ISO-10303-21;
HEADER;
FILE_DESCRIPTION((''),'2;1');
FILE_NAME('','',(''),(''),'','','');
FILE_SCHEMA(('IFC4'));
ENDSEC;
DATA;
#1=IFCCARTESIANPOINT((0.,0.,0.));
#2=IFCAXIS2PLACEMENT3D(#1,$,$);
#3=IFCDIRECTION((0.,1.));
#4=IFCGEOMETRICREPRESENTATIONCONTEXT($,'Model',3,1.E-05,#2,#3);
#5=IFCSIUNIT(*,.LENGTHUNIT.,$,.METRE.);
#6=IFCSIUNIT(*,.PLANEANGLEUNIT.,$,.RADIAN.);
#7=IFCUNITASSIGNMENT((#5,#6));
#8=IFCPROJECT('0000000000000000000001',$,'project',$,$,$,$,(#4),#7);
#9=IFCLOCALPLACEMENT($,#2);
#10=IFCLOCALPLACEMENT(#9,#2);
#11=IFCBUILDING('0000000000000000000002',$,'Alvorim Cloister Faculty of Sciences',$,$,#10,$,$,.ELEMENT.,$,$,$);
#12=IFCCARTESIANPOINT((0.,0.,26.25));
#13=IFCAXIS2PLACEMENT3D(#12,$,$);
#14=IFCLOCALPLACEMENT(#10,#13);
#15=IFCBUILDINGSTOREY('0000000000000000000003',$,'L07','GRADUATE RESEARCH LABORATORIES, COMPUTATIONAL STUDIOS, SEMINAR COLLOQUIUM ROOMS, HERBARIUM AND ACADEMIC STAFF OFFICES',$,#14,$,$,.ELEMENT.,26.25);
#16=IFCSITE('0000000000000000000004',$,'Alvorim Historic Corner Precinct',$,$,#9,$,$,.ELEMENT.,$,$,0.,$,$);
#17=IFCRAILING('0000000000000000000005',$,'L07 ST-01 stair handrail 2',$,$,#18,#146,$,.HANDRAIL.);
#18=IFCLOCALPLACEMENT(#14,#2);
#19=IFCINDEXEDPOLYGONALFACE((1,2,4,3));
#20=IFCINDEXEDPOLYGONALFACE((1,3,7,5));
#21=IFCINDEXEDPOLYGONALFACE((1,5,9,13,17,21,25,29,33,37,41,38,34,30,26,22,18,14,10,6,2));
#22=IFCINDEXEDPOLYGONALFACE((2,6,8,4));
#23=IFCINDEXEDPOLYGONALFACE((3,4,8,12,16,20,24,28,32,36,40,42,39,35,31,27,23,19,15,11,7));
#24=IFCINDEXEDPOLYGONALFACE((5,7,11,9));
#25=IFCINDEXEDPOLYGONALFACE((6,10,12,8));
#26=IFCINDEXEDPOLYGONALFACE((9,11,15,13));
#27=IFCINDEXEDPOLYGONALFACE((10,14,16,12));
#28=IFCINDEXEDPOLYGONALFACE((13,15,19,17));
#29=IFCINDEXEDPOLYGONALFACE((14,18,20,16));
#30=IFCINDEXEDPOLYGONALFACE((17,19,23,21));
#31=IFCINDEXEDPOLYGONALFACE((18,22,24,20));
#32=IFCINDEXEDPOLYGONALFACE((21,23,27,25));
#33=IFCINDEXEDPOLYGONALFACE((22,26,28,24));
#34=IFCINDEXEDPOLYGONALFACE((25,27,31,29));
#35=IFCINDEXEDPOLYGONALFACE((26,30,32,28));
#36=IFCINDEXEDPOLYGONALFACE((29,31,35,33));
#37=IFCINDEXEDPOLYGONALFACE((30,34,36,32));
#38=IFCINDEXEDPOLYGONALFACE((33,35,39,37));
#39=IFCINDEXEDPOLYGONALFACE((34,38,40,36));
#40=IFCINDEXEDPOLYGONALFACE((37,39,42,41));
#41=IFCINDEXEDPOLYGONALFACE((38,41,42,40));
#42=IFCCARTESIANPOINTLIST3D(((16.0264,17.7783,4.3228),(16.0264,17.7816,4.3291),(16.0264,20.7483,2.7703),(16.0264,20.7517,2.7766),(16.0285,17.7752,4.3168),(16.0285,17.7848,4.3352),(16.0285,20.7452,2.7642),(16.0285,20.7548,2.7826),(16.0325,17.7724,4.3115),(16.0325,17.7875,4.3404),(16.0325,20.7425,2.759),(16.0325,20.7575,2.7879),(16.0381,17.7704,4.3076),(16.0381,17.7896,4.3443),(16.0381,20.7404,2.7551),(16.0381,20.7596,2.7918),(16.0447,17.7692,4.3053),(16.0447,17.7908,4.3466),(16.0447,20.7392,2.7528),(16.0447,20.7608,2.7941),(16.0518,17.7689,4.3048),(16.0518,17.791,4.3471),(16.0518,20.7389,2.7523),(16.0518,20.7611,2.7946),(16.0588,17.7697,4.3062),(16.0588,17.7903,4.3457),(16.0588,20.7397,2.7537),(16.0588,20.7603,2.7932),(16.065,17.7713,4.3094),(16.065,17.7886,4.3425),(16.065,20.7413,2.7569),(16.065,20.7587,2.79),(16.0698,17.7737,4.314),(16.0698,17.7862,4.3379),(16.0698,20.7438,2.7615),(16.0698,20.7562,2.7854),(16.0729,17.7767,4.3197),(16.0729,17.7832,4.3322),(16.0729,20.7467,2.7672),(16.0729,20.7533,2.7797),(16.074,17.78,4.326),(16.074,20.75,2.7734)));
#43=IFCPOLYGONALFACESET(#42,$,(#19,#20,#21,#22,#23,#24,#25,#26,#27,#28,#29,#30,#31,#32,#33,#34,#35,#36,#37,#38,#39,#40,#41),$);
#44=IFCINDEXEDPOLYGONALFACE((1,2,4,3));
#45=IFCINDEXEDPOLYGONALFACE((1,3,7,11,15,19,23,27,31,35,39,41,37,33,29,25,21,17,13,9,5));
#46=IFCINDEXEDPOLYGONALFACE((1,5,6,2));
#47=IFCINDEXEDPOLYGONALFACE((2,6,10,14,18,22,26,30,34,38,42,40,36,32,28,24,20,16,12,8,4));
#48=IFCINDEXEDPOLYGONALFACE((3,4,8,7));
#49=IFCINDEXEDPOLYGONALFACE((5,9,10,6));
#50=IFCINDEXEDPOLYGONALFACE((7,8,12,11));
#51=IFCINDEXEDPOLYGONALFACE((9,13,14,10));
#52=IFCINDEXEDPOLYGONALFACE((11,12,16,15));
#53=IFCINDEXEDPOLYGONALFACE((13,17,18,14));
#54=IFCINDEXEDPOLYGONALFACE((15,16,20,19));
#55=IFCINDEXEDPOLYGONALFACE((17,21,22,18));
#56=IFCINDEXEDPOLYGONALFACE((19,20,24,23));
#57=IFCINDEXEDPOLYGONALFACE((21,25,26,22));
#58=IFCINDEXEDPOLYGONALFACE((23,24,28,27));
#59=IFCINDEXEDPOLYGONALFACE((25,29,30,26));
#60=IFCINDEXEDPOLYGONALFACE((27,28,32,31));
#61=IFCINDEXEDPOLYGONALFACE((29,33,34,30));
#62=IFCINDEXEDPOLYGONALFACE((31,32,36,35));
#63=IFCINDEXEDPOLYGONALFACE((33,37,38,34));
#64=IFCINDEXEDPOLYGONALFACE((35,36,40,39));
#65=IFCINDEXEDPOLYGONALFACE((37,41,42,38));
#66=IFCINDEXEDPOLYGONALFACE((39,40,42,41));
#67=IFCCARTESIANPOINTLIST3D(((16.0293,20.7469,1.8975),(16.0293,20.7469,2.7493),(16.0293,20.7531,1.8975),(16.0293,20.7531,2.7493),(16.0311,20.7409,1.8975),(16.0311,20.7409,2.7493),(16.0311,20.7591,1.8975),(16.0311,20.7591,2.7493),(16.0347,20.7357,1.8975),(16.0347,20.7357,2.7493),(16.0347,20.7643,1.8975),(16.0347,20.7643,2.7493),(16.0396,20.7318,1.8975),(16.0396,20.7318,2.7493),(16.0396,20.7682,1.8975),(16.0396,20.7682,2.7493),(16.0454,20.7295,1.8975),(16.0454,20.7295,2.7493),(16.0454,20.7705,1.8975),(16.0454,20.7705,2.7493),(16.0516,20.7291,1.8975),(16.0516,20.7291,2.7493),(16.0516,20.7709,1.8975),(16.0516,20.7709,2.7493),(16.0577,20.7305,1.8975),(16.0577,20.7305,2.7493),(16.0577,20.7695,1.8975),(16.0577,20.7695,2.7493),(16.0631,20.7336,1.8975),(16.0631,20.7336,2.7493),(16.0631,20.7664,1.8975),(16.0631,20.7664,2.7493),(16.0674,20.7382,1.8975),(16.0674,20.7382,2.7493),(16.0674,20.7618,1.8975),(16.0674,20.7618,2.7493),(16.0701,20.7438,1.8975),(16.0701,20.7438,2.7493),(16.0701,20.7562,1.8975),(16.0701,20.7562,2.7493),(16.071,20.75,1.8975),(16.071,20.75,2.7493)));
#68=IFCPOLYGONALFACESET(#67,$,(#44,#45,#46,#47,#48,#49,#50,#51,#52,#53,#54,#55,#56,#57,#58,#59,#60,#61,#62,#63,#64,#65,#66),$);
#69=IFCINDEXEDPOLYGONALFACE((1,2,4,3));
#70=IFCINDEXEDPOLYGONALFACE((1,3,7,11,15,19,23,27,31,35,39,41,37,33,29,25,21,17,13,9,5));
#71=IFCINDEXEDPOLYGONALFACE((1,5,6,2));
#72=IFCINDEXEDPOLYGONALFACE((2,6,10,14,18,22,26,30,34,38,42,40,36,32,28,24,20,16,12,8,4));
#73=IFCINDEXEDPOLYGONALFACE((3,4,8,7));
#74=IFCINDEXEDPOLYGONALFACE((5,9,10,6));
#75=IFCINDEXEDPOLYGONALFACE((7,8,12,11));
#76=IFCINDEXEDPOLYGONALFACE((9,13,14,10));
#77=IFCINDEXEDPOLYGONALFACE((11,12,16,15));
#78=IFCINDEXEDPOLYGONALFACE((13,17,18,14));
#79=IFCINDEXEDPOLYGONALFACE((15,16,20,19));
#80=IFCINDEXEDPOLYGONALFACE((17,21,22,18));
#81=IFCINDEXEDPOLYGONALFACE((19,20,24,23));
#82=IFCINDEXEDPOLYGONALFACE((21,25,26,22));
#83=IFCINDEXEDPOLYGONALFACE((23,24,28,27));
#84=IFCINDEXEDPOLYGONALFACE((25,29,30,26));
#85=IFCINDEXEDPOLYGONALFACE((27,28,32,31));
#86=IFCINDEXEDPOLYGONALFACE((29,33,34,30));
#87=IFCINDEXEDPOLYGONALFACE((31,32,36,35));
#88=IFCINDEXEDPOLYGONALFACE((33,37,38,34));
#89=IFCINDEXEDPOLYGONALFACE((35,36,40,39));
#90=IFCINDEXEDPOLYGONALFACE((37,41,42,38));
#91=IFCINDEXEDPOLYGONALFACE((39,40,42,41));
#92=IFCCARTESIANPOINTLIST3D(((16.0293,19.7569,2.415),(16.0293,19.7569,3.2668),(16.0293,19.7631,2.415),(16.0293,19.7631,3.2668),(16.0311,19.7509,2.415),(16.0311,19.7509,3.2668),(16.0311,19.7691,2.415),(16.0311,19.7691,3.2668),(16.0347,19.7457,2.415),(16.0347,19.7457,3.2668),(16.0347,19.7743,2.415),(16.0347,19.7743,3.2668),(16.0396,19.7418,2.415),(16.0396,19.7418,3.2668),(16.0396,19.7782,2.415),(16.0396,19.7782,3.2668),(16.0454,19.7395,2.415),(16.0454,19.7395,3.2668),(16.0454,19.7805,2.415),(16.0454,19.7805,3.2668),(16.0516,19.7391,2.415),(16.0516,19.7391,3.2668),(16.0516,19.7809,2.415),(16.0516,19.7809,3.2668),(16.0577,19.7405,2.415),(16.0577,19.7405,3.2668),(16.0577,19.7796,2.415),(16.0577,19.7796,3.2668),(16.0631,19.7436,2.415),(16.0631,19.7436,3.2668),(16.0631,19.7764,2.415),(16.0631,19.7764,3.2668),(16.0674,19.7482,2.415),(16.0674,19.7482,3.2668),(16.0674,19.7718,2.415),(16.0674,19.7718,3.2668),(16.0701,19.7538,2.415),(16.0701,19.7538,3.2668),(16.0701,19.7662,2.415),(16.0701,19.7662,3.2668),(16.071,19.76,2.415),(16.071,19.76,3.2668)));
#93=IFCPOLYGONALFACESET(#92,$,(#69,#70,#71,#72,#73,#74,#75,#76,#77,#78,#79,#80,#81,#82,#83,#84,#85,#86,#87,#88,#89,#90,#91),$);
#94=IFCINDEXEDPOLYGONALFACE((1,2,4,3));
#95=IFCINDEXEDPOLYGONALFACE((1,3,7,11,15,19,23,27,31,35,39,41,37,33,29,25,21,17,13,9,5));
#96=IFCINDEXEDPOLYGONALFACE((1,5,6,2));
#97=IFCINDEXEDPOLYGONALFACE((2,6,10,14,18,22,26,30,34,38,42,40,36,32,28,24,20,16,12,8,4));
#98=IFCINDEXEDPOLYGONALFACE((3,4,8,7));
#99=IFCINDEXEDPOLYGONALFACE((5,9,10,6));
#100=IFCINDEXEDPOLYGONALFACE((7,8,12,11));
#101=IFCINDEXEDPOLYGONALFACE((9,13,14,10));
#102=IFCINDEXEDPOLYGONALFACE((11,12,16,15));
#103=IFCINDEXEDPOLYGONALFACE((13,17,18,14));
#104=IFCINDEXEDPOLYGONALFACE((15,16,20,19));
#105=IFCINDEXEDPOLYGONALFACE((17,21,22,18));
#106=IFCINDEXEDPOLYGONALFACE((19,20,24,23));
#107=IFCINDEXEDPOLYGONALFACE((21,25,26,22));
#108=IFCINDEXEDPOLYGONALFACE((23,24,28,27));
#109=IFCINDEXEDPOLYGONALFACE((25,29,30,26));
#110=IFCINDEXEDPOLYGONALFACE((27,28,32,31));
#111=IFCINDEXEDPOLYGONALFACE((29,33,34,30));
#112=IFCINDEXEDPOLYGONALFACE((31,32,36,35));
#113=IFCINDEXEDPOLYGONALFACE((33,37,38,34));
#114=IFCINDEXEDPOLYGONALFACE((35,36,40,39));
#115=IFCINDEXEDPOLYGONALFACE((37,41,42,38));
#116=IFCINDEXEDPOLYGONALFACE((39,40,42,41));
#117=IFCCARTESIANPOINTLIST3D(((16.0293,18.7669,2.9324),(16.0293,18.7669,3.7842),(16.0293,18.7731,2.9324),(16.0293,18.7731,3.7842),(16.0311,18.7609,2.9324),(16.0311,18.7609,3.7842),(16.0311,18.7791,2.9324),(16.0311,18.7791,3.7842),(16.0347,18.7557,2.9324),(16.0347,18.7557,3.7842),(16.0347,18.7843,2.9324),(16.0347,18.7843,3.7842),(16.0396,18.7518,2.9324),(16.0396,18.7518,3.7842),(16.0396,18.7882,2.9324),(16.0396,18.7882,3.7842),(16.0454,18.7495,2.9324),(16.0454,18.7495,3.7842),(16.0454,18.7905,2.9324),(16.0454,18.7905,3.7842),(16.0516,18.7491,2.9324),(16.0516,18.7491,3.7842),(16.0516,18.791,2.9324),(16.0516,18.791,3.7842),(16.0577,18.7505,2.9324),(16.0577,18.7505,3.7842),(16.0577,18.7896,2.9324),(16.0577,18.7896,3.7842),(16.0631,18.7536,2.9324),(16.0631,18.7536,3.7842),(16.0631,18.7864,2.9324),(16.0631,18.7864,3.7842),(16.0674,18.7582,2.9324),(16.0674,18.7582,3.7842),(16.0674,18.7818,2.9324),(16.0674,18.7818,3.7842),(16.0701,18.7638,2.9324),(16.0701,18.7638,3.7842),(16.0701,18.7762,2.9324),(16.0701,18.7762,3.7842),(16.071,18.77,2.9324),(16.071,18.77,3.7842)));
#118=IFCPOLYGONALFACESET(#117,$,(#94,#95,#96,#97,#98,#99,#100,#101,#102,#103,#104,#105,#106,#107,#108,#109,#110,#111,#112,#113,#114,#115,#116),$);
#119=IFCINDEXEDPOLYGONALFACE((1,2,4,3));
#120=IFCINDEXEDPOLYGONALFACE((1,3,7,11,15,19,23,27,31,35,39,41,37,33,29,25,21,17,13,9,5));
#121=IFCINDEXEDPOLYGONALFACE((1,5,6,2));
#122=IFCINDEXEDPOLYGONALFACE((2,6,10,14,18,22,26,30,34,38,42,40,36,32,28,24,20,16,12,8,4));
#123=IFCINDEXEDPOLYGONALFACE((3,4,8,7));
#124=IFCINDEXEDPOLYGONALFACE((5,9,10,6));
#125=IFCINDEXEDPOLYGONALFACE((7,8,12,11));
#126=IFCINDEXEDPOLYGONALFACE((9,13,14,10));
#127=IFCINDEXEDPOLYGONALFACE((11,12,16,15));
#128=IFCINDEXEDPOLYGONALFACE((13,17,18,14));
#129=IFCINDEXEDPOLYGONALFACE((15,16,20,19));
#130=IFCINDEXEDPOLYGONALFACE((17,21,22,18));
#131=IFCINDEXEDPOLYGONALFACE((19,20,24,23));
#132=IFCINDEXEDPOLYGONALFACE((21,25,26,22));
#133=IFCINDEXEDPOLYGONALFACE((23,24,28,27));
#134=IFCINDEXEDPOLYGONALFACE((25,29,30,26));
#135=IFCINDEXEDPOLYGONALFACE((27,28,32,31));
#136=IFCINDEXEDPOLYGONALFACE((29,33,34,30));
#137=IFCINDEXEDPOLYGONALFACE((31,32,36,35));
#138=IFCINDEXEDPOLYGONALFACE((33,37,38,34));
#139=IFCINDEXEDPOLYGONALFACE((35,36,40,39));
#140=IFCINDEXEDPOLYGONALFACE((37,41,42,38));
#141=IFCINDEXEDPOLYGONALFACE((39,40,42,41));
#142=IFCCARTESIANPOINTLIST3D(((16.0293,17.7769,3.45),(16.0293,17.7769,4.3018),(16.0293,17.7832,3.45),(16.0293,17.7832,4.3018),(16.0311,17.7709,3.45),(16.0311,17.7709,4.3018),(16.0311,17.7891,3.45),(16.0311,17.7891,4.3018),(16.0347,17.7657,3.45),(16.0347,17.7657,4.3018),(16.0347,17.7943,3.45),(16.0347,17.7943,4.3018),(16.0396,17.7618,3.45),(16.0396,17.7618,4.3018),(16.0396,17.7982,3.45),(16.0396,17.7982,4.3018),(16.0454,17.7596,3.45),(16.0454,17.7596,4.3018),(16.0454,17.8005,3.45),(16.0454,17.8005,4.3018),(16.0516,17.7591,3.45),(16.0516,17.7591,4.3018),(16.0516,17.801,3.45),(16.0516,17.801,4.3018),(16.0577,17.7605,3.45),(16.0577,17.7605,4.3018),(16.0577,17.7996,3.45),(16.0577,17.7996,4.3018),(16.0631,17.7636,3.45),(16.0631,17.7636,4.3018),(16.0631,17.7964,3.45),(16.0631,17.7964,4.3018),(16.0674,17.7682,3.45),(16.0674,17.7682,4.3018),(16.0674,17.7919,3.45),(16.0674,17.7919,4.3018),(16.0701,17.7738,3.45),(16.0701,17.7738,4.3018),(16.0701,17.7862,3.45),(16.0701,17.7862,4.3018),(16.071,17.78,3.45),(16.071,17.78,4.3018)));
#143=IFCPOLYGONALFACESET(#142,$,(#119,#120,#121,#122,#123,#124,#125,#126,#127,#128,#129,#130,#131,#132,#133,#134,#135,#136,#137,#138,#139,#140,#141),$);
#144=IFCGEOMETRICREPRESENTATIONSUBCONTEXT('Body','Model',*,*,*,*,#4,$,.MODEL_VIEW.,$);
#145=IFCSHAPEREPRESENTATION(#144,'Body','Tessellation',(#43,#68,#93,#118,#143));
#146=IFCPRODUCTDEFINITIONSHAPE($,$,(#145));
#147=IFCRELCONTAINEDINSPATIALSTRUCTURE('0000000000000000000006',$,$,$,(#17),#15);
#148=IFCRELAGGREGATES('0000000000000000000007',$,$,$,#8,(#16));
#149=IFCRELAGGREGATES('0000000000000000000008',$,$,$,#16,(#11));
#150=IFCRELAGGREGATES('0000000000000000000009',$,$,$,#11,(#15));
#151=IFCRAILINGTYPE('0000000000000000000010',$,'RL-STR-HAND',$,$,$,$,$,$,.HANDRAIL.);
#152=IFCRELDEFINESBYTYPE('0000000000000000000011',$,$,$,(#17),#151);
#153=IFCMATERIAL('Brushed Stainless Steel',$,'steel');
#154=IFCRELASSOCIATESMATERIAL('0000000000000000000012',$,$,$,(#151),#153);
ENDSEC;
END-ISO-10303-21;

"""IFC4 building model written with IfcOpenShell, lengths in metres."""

from ifc_helpers import new_model, si_unit, direction, frame, origin, origin_2d, place, context, subcontext, project, spatial, circle, extrude, material, type_object, element, save


model = new_model("IFC4")

# Units and contexts
model_context = context("Model", 3, precision=1e-05, world=origin(), true_north=direction((0.0, 1.0)))
body_context = subcontext(model_context, "Body", "Model", "MODEL_VIEW")
ifc_project = project(units=[si_unit("LENGTHUNIT", "METRE"), si_unit("PLANEANGLEUNIT", "RADIAN")], contexts=[model_context])

# Site, building, storey
site_placement = place(None, origin())
site = spatial("IfcSite", under=ifc_project, at=site_placement, Name="Alvorim Historic Corner Precinct", CompositionType="ELEMENT", RefElevation=0.0)
building_placement = place(site_placement, origin())
building = spatial("IfcBuilding", under=site, at=building_placement, Name="Alvorim Cloister Faculty of Sciences", CompositionType="ELEMENT")
storey_placement = place(building_placement, frame((0.0, 0.0, 26.25)))
storey = spatial("IfcBuildingStorey", under=building, at=storey_placement, Name="L07", Description="GRADUATE RESEARCH LABORATORIES, COMPUTATIONAL STUDIOS, SEMINAR COLLOQUIUM ROOMS, HERBARIUM AND ACADEMIC STAFF OFFICES", CompositionType="ELEMENT", Elevation=26.25)

# Shared definitions
ifc_material_1 = material(Name="Brushed Stainless Steel", Category="steel")

# Railing
railing_type_1 = type_object("IfcRailingType", Name="RL-STR-HAND", PredefinedType="HANDRAIL", material=ifc_material_1)
railing_1_placement = place(storey_placement, frame((16.05, 20.75, 1.8975)))
element("IfcRailing", 1, at=railing_1_placement, inside=storey, type_object=railing_type_1, Name="L07 ST-01 stair handrail 2", PredefinedType="HANDRAIL", context=body_context, shape_type="SweptSolid", body=[
    extrude(circle(Radius=0.0239, at=origin_2d()), frame((0.0, 0.0, 0.876), z_axis=(0.0, -0.886225, 0.463256), x_axis=(1.0, 0.0, 0.0)), (0.0, 0.0, 1.0), 3.3513),
    extrude(circle(Radius=0.021, at=origin_2d()), origin(), (0.0, 0.0, 1.0), 0.8518),
    extrude(circle(Radius=0.021, at=origin_2d()), frame((0.0, -0.99, 0.5176)), (0.0, 0.0, 1.0), 0.8518),
    extrude(circle(Radius=0.021, at=origin_2d()), frame((0.0, -1.98, 1.0349)), (0.0, 0.0, 1.0), 0.8518),
    extrude(circle(Radius=0.021, at=origin_2d()), frame((0.0, -2.97, 1.5525)), (0.0, 0.0, 1.0), 0.8518),
])

save(model, "model.ifc")
